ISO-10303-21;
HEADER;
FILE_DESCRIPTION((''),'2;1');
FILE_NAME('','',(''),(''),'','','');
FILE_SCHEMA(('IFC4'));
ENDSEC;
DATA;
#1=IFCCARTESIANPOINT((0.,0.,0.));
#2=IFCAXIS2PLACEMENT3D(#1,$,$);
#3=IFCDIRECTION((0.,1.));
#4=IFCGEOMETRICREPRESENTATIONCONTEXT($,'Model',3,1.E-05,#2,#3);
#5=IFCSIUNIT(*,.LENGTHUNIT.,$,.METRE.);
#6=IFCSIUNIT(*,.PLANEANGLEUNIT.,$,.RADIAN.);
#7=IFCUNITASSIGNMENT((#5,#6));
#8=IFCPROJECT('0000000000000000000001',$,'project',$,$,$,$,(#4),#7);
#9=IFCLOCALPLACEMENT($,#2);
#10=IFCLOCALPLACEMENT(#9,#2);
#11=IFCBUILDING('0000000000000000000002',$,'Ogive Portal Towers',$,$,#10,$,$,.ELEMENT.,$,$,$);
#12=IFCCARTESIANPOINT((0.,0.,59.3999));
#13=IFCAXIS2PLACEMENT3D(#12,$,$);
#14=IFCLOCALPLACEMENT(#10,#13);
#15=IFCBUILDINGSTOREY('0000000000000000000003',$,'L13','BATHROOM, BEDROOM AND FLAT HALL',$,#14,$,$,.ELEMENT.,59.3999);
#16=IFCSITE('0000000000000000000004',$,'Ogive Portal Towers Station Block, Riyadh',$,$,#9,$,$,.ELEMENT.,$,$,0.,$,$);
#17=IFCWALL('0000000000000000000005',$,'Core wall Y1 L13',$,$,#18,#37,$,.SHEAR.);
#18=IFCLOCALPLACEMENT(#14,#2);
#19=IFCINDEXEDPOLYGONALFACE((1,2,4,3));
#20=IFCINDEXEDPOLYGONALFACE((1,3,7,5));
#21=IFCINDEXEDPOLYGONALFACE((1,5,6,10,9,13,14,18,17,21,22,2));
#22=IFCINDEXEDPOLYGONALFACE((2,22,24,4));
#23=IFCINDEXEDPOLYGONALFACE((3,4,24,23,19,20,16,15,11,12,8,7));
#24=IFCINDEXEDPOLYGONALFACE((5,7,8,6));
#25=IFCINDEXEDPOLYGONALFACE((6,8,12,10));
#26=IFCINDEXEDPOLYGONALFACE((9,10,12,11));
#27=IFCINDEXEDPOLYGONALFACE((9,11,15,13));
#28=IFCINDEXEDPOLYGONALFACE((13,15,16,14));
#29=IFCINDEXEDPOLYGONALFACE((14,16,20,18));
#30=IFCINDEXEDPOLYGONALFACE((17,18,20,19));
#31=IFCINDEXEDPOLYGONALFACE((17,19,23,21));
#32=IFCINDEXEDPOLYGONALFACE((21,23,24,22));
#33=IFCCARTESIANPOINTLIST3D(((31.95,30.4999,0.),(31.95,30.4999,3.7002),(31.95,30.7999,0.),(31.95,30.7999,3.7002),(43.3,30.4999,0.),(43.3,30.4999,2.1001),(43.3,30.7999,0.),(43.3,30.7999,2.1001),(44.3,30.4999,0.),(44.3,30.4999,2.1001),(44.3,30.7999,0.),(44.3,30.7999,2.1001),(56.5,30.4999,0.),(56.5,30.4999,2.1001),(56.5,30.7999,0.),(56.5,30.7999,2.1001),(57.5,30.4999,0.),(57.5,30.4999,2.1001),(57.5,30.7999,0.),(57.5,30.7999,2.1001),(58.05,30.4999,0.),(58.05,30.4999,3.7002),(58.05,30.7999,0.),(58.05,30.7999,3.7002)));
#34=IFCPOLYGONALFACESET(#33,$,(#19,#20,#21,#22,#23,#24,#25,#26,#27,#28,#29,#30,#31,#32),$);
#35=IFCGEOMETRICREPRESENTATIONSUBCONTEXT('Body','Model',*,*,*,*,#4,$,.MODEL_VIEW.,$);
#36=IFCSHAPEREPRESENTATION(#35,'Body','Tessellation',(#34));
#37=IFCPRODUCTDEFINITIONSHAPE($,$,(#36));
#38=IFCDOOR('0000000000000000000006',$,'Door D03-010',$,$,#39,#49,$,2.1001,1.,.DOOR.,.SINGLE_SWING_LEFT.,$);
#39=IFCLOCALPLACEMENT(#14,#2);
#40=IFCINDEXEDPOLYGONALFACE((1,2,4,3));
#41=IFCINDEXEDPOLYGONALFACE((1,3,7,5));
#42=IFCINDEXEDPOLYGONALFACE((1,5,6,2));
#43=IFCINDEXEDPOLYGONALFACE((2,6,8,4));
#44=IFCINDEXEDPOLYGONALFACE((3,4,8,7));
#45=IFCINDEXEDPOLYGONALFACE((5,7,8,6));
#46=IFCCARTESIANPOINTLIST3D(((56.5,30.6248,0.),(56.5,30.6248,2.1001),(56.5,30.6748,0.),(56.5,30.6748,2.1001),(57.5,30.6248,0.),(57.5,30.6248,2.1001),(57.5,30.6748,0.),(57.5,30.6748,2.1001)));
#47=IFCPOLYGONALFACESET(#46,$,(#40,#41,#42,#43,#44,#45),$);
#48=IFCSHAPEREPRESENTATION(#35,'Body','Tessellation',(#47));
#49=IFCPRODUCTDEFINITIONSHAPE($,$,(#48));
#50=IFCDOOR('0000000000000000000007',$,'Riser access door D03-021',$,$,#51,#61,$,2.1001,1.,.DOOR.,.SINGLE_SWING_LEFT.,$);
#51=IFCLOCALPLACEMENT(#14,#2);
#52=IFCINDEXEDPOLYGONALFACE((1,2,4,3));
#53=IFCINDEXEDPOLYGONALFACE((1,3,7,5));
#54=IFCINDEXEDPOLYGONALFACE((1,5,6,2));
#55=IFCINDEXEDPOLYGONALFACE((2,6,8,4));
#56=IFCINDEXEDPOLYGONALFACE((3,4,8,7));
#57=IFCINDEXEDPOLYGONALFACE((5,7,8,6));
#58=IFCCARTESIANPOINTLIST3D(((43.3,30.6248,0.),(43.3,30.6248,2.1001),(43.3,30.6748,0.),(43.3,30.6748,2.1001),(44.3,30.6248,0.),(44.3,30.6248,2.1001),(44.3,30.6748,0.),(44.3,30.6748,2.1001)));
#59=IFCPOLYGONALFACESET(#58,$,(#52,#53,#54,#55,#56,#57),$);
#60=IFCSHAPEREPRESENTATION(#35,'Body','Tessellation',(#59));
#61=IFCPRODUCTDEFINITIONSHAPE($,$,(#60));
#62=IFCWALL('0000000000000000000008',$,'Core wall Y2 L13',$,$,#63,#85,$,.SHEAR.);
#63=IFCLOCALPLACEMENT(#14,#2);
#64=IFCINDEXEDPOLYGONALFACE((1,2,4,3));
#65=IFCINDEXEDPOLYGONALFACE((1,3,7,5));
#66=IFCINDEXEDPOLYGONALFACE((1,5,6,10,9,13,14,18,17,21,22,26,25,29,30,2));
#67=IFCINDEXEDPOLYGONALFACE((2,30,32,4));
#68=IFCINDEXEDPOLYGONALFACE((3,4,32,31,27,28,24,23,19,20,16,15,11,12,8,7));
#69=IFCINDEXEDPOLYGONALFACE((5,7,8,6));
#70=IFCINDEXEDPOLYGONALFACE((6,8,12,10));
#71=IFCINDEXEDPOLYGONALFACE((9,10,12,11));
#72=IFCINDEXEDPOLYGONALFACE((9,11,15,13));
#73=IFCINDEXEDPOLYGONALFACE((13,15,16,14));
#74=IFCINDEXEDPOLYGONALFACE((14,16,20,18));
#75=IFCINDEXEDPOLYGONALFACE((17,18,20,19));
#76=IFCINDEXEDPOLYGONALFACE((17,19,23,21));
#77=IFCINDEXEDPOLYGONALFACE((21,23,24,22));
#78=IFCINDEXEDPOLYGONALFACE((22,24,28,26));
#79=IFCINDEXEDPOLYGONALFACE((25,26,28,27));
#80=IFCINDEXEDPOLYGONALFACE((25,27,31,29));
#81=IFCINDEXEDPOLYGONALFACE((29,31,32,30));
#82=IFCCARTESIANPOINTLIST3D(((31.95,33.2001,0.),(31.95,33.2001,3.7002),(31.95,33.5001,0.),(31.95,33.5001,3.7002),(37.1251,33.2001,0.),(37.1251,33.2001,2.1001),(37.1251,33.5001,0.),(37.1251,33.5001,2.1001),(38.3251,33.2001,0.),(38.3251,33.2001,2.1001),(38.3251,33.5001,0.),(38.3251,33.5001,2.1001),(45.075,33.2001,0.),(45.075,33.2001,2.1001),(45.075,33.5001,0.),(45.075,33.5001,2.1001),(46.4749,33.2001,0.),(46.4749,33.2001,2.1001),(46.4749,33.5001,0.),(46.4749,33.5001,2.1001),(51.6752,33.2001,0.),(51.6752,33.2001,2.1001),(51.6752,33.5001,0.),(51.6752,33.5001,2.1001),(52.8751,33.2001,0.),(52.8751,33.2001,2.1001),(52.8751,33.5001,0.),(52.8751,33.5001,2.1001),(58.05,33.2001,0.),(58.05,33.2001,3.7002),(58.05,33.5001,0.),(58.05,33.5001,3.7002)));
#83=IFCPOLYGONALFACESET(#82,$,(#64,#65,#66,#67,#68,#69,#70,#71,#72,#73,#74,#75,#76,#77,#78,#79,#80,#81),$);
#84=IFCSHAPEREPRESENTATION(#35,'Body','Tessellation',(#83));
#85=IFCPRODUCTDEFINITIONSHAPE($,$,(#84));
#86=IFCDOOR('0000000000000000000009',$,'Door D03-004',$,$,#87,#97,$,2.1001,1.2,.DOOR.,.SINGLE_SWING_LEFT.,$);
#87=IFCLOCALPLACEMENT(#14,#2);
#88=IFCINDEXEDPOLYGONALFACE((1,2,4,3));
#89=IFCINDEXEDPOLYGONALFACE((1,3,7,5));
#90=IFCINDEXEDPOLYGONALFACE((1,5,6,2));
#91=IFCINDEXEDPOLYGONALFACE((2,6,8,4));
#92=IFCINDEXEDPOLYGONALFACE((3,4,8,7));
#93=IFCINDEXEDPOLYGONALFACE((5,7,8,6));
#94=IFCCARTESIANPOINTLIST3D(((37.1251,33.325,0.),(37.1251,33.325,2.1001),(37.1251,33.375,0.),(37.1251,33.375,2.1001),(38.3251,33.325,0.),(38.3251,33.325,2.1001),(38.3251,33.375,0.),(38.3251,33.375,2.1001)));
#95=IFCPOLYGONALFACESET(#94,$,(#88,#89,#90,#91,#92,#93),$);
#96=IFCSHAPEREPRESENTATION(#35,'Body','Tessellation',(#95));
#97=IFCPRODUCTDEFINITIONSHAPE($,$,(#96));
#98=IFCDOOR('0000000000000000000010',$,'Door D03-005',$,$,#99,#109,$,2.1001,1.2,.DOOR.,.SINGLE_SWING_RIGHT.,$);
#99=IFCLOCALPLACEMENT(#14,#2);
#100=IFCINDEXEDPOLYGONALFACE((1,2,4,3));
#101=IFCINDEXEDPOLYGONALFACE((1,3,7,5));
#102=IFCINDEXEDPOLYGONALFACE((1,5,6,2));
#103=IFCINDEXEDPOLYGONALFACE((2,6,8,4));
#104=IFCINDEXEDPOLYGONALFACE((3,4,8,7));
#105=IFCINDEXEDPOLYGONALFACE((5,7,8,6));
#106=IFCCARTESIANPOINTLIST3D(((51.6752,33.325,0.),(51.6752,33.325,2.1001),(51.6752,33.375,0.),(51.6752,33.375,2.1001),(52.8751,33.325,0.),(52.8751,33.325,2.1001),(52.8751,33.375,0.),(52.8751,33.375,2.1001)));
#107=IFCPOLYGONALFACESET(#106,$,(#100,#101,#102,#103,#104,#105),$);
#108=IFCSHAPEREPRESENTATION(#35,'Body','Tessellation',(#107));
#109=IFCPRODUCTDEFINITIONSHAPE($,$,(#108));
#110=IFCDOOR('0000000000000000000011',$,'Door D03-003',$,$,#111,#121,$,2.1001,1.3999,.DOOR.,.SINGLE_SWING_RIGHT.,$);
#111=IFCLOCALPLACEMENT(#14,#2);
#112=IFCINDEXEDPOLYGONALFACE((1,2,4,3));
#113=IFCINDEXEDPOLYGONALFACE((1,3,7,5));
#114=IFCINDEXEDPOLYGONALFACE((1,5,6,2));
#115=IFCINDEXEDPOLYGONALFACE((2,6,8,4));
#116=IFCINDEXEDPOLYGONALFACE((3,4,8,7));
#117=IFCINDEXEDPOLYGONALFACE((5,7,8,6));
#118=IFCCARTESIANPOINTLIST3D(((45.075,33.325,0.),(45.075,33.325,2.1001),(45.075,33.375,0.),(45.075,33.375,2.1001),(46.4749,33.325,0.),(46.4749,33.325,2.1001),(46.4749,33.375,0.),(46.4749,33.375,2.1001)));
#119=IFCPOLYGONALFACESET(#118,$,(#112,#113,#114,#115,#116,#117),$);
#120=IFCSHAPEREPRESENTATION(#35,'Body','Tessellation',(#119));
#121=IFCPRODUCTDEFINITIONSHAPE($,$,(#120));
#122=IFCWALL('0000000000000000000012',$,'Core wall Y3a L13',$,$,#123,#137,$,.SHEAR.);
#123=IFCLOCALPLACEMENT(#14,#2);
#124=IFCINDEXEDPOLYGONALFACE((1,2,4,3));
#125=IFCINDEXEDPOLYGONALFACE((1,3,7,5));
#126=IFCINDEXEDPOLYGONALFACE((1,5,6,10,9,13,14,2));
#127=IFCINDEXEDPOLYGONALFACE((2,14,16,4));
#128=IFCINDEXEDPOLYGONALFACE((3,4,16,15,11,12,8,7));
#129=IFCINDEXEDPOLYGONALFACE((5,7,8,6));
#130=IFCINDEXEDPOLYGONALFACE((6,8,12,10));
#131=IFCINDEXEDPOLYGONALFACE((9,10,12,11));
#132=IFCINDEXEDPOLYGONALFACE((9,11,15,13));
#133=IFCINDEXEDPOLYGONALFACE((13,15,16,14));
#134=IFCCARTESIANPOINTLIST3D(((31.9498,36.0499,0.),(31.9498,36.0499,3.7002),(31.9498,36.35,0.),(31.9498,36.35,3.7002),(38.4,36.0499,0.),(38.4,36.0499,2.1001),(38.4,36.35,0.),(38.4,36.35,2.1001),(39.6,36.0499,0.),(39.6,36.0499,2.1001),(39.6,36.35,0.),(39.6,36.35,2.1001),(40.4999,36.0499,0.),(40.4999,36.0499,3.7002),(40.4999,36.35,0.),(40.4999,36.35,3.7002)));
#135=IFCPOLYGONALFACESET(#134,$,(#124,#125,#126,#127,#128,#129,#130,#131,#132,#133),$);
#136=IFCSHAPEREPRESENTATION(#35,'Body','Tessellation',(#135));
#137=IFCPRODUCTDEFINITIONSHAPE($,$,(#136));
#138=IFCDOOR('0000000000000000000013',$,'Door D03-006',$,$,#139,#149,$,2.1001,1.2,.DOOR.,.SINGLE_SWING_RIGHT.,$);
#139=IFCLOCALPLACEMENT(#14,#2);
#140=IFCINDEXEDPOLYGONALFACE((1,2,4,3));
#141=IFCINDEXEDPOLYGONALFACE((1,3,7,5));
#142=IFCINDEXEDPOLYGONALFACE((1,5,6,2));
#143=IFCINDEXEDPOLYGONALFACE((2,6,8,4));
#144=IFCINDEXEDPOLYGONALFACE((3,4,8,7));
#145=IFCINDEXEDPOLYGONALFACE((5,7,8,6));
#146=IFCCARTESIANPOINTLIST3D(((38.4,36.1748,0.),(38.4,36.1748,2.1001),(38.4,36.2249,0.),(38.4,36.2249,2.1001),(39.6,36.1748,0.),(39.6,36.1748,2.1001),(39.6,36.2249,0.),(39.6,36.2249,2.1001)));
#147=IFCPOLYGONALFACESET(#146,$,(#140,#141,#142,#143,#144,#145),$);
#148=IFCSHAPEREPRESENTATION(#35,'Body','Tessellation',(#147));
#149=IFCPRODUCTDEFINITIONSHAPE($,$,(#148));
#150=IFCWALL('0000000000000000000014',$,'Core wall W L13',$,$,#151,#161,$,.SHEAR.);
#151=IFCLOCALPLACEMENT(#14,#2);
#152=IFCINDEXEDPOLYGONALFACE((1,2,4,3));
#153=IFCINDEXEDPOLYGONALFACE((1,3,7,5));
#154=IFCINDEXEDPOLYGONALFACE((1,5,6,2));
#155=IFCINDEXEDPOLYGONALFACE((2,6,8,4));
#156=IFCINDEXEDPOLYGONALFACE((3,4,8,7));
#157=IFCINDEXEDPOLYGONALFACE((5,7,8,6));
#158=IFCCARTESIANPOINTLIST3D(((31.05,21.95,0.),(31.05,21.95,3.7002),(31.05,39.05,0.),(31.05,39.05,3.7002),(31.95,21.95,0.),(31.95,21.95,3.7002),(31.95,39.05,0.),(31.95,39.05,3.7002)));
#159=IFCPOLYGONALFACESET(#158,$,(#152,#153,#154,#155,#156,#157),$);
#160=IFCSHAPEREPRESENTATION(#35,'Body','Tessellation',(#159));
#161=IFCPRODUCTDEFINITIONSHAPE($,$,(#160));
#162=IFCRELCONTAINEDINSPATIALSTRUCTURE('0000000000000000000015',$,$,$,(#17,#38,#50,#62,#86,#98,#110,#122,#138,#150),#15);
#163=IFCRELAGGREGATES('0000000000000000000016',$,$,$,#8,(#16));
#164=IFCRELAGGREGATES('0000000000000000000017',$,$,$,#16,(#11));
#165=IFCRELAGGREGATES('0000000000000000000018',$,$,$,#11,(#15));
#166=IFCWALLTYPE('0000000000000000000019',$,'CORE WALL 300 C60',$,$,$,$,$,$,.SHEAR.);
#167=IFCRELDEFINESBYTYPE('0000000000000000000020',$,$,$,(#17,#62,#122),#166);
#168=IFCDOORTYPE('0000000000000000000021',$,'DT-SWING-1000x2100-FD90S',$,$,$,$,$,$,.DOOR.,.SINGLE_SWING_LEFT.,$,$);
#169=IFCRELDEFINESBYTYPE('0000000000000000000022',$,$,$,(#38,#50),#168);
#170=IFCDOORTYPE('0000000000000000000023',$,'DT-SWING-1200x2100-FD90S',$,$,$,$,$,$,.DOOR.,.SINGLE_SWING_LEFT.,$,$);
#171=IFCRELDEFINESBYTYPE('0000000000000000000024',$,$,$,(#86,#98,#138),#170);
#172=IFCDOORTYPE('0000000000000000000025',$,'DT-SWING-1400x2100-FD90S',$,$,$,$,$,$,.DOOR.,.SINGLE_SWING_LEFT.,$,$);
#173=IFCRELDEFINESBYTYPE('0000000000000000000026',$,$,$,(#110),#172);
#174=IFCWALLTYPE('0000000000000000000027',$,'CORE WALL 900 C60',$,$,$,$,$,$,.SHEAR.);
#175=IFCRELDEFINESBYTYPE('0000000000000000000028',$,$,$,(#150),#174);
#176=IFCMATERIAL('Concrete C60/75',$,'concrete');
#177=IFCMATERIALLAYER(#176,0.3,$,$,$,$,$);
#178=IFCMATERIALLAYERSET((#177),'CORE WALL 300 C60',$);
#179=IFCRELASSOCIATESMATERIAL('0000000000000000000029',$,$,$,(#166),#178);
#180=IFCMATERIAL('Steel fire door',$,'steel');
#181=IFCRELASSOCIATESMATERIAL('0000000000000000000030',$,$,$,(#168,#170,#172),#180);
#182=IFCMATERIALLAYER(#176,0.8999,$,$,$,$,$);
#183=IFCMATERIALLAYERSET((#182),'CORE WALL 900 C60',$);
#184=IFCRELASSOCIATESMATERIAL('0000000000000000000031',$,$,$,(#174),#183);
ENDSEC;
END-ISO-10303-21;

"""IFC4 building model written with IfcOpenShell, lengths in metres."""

from ifc_helpers import new_model, si_unit, direction, frame, frame_2d, origin, place, context, subcontext, project, spatial, rectangle, extrude, material, layer, layer_set, type_object, element, fill, save


model = new_model("IFC4")

# Units and contexts
model_context = context("Model", 3, precision=1e-05, world=origin(), true_north=direction((0.0, 1.0)))
body_context = subcontext(model_context, "Body", "Model", "MODEL_VIEW")
ifc_project = project(units=[si_unit("LENGTHUNIT", "METRE"), si_unit("PLANEANGLEUNIT", "RADIAN")], contexts=[model_context])

# Site, building, storey
site_placement = place(None, origin())
site = spatial("IfcSite", under=ifc_project, at=site_placement, Name="Ogive Portal Towers Station Block, Riyadh", CompositionType="ELEMENT", RefElevation=0.0)
building_placement = place(site_placement, origin())
building = spatial("IfcBuilding", under=site, at=building_placement, Name="Ogive Portal Towers", CompositionType="ELEMENT")
storey_placement = place(building_placement, frame((0.0, 0.0, 59.3999)))
storey = spatial("IfcBuildingStorey", under=building, at=storey_placement, Name="L13", Description="BATHROOM, BEDROOM AND FLAT HALL", CompositionType="ELEMENT", Elevation=59.3999)

# Walls, openings, doors
ifc_material_1 = material(Name="Concrete C60/75", Category="concrete")
ifc_layer_1 = layer(ifc_material_1, 0.3)
ifc_layer_set_1 = layer_set([ifc_layer_1], Name="CORE WALL 300 C60")
wall_type_1 = type_object("IfcWallType", Name="CORE WALL 300 C60", PredefinedType="SHEAR", material=ifc_layer_set_1)
wall_1_placement = place(storey_placement, frame((31.95, 30.6499, 0.0), z_axis=(0.0, 0.0, 1.0), x_axis=(1.0, 0.0, 0.0)))
wall_1 = element("IfcWall", 1, at=wall_1_placement, inside=storey, type_object=wall_type_1, Name="Core wall Y1 L13", PredefinedType="SHEAR", context=body_context, shape_type="SweptSolid", body=[
    extrude(rectangle(XDim=26.1001, YDim=0.3, at=frame_2d((13.05, 0.0))), origin(), (0.0, 0.0, 1.0), 3.7002),
])
opening_1_placement = place(wall_1_placement, frame((24.55, 0.0, 0.0)))
opening_1 = element("IfcOpeningElement", 2, at=opening_1_placement, cuts=wall_1, PredefinedType="OPENING", context=body_context, shape_type="SweptSolid", body=[
    extrude(rectangle(XDim=1.0, YDim=2.1001, at=frame_2d((0.5, 1.05))), frame((0.0, 0.1602, 0.0), z_axis=(0.0, -1.0, 0.0), x_axis=(1.0, 0.0, 0.0)), (0.0, 0.0, 1.0), 0.3201),
])
opening_2_placement = place(wall_1_placement, frame((11.3501, 0.0, 0.0)))
opening_2 = element("IfcOpeningElement", 3, at=opening_2_placement, cuts=wall_1, PredefinedType="OPENING", context=body_context, shape_type="SweptSolid", body=[
    extrude(rectangle(XDim=1.0, YDim=2.1001, at=frame_2d((0.5, 1.05))), frame((0.0, 0.1602, 0.0), z_axis=(0.0, -1.0, 0.0), x_axis=(1.0, 0.0, 0.0)), (0.0, 0.0, 1.0), 0.3201),
])
ifc_material_2 = material(Name="Steel fire door", Category="steel")
door_type_1 = type_object("IfcDoorType", Name="DT-SWING-1000x2100-FD90S", OperationType="SINGLE_SWING_LEFT", PredefinedType="DOOR", material=ifc_material_2)
door_1_placement = place(opening_1_placement, origin())
door_1 = element("IfcDoor", 4, at=door_1_placement, inside=storey, type_object=door_type_1, Name="Door D03-010", OperationType="SINGLE_SWING_LEFT", OverallHeight=2.1001, OverallWidth=1.0, PredefinedType="DOOR", context=body_context, shape_type="SweptSolid", body=[
    extrude(rectangle(XDim=1.0, YDim=2.1001, at=frame_2d((0.5, 1.05))), frame((0.0, 0.0249, 0.0), z_axis=(0.0, -1.0, 0.0), x_axis=(1.0, 0.0, 0.0)), (0.0, 0.0, 1.0), 0.05),
])
fill(opening_1, door_1)
door_2_placement = place(opening_2_placement, origin())
door_2 = element("IfcDoor", 5, at=door_2_placement, inside=storey, type_object=door_type_1, Name="Riser access door D03-021", OperationType="SINGLE_SWING_LEFT", OverallHeight=2.1001, OverallWidth=1.0, PredefinedType="DOOR", context=body_context, shape_type="SweptSolid", body=[
    extrude(rectangle(XDim=1.0, YDim=2.1001, at=frame_2d((0.5, 1.05))), frame((0.0, 0.0249, 0.0), z_axis=(0.0, -1.0, 0.0), x_axis=(1.0, 0.0, 0.0)), (0.0, 0.0, 1.0), 0.05),
])
fill(opening_2, door_2)
wall_2_placement = place(storey_placement, frame((31.95, 33.3501, 0.0), z_axis=(0.0, 0.0, 1.0), x_axis=(1.0, 0.0, 0.0)))
wall_2 = element("IfcWall", 6, at=wall_2_placement, inside=storey, type_object=wall_type_1, Name="Core wall Y2 L13", PredefinedType="SHEAR", context=body_context, shape_type="SweptSolid", body=[
    extrude(rectangle(XDim=26.1001, YDim=0.3, at=frame_2d((13.05, 0.0))), origin(), (0.0, 0.0, 1.0), 3.7002),
])
opening_3_placement = place(wall_2_placement, frame((13.125, 0.0, 0.0)))
opening_3 = element("IfcOpeningElement", 7, at=opening_3_placement, cuts=wall_2, PredefinedType="OPENING", context=body_context, shape_type="SweptSolid", body=[
    extrude(rectangle(XDim=1.3999, YDim=2.1001, at=frame_2d((0.7, 1.05))), frame((0.0, 0.1602, 0.0), z_axis=(0.0, -1.0, 0.0), x_axis=(1.0, 0.0, 0.0)), (0.0, 0.0, 1.0), 0.3201),
])
opening_4_placement = place(wall_2_placement, frame((5.175, 0.0, 0.0)))
opening_4 = element("IfcOpeningElement", 8, at=opening_4_placement, cuts=wall_2, PredefinedType="OPENING", context=body_context, shape_type="SweptSolid", body=[
    extrude(rectangle(XDim=1.2, YDim=2.1001, at=frame_2d((0.6001, 1.05))), frame((0.0, 0.1602, 0.0), z_axis=(0.0, -1.0, 0.0), x_axis=(1.0, 0.0, 0.0)), (0.0, 0.0, 1.0), 0.3201),
])
opening_5_placement = place(wall_2_placement, frame((19.7251, 0.0, 0.0)))
opening_5 = element("IfcOpeningElement", 9, at=opening_5_placement, cuts=wall_2, PredefinedType="OPENING", context=body_context, shape_type="SweptSolid", body=[
    extrude(rectangle(XDim=1.2, YDim=2.1001, at=frame_2d((0.6001, 1.05))), frame((0.0, 0.1602, 0.0), z_axis=(0.0, -1.0, 0.0), x_axis=(1.0, 0.0, 0.0)), (0.0, 0.0, 1.0), 0.3201),
])
door_type_2 = type_object("IfcDoorType", Name="DT-SWING-1200x2100-FD90S", OperationType="SINGLE_SWING_LEFT", PredefinedType="DOOR", material=ifc_material_2)
door_3_placement = place(opening_4_placement, origin())
door_3 = element("IfcDoor", 10, at=door_3_placement, inside=storey, type_object=door_type_2, Name="Door D03-004", OperationType="SINGLE_SWING_LEFT", OverallHeight=2.1001, OverallWidth=1.2, PredefinedType="DOOR", context=body_context, shape_type="SweptSolid", body=[
    extrude(rectangle(XDim=1.2, YDim=2.1001, at=frame_2d((0.6001, 1.05))), frame((0.0, 0.0249, 0.0), z_axis=(0.0, -1.0, 0.0), x_axis=(1.0, 0.0, 0.0)), (0.0, 0.0, 1.0), 0.05),
])
fill(opening_4, door_3)
door_4_placement = place(opening_5_placement, origin())
door_4 = element("IfcDoor", 11, at=door_4_placement, inside=storey, type_object=door_type_2, Name="Door D03-005", OperationType="SINGLE_SWING_RIGHT", OverallHeight=2.1001, OverallWidth=1.2, PredefinedType="DOOR", context=body_context, shape_type="SweptSolid", body=[
    extrude(rectangle(XDim=1.2, YDim=2.1001, at=frame_2d((0.6001, 1.05))), frame((0.0, 0.0249, 0.0), z_axis=(0.0, -1.0, 0.0), x_axis=(1.0, 0.0, 0.0)), (0.0, 0.0, 1.0), 0.05),
])
fill(opening_5, door_4)
door_type_3 = type_object("IfcDoorType", Name="DT-SWING-1400x2100-FD90S", OperationType="SINGLE_SWING_LEFT", PredefinedType="DOOR", material=ifc_material_2)
door_5_placement = place(opening_3_placement, origin())
door_5 = element("IfcDoor", 12, at=door_5_placement, inside=storey, type_object=door_type_3, Name="Door D03-003", OperationType="SINGLE_SWING_RIGHT", OverallHeight=2.1001, OverallWidth=1.3999, PredefinedType="DOOR", context=body_context, shape_type="SweptSolid", body=[
    extrude(rectangle(XDim=1.3999, YDim=2.1001, at=frame_2d((0.7, 1.05))), frame((0.0, 0.0249, 0.0), z_axis=(0.0, -1.0, 0.0), x_axis=(1.0, 0.0, 0.0)), (0.0, 0.0, 1.0), 0.05),
])
fill(opening_3, door_5)

# Wall, opening, door
wall_3_placement = place(storey_placement, frame((31.95, 36.2, 0.0), z_axis=(0.0, 0.0, 1.0), x_axis=(1.0, 0.0, 0.0)))
wall_3 = element("IfcWall", 13, at=wall_3_placement, inside=storey, type_object=wall_type_1, Name="Core wall Y3a L13", PredefinedType="SHEAR", context=body_context, shape_type="SweptSolid", body=[
    extrude(rectangle(XDim=8.55, YDim=0.3, at=frame_2d((4.2749, 0.0))), origin(), (0.0, 0.0, 1.0), 3.7002),
])
opening_6_placement = place(wall_3_placement, frame((6.45, 0.0, 0.0)))
opening_6 = element("IfcOpeningElement", 14, at=opening_6_placement, cuts=wall_3, PredefinedType="OPENING", context=body_context, shape_type="SweptSolid", body=[
    extrude(rectangle(XDim=1.2, YDim=2.1001, at=frame_2d((0.6001, 1.05))), frame((0.0, 0.1602, 0.0), z_axis=(0.0, -1.0, 0.0), x_axis=(1.0, 0.0, 0.0)), (0.0, 0.0, 1.0), 0.3201),
])
door_6_placement = place(opening_6_placement, origin())
door_6 = element("IfcDoor", 15, at=door_6_placement, inside=storey, type_object=door_type_2, Name="Door D03-006", OperationType="SINGLE_SWING_RIGHT", OverallHeight=2.1001, OverallWidth=1.2, PredefinedType="DOOR", context=body_context, shape_type="SweptSolid", body=[
    extrude(rectangle(XDim=1.2, YDim=2.1001, at=frame_2d((0.6001, 1.05))), frame((0.0, 0.0249, 0.0), z_axis=(0.0, -1.0, 0.0), x_axis=(1.0, 0.0, 0.0)), (0.0, 0.0, 1.0), 0.05),
])
fill(opening_6, door_6)

# Wall
ifc_layer_2 = layer(ifc_material_1, 0.8999)
ifc_layer_set_2 = layer_set([ifc_layer_2], Name="CORE WALL 900 C60")
wall_type_2 = type_object("IfcWallType", Name="CORE WALL 900 C60", PredefinedType="SHEAR", material=ifc_layer_set_2)
wall_4_placement = place(storey_placement, frame((31.5, 21.95, 0.0), z_axis=(0.0, 0.0, 1.0), x_axis=(0.0, 1.0, 0.0)))
element("IfcWall", 16, at=wall_4_placement, inside=storey, type_object=wall_type_2, Name="Core wall W L13", PredefinedType="SHEAR", context=body_context, shape_type="SweptSolid", body=[
    extrude(rectangle(XDim=17.1001, YDim=0.8999, at=frame_2d((8.55, 0.0))), origin(), (0.0, 0.0, 1.0), 3.7002),
])

save(model, "model.ifc")
